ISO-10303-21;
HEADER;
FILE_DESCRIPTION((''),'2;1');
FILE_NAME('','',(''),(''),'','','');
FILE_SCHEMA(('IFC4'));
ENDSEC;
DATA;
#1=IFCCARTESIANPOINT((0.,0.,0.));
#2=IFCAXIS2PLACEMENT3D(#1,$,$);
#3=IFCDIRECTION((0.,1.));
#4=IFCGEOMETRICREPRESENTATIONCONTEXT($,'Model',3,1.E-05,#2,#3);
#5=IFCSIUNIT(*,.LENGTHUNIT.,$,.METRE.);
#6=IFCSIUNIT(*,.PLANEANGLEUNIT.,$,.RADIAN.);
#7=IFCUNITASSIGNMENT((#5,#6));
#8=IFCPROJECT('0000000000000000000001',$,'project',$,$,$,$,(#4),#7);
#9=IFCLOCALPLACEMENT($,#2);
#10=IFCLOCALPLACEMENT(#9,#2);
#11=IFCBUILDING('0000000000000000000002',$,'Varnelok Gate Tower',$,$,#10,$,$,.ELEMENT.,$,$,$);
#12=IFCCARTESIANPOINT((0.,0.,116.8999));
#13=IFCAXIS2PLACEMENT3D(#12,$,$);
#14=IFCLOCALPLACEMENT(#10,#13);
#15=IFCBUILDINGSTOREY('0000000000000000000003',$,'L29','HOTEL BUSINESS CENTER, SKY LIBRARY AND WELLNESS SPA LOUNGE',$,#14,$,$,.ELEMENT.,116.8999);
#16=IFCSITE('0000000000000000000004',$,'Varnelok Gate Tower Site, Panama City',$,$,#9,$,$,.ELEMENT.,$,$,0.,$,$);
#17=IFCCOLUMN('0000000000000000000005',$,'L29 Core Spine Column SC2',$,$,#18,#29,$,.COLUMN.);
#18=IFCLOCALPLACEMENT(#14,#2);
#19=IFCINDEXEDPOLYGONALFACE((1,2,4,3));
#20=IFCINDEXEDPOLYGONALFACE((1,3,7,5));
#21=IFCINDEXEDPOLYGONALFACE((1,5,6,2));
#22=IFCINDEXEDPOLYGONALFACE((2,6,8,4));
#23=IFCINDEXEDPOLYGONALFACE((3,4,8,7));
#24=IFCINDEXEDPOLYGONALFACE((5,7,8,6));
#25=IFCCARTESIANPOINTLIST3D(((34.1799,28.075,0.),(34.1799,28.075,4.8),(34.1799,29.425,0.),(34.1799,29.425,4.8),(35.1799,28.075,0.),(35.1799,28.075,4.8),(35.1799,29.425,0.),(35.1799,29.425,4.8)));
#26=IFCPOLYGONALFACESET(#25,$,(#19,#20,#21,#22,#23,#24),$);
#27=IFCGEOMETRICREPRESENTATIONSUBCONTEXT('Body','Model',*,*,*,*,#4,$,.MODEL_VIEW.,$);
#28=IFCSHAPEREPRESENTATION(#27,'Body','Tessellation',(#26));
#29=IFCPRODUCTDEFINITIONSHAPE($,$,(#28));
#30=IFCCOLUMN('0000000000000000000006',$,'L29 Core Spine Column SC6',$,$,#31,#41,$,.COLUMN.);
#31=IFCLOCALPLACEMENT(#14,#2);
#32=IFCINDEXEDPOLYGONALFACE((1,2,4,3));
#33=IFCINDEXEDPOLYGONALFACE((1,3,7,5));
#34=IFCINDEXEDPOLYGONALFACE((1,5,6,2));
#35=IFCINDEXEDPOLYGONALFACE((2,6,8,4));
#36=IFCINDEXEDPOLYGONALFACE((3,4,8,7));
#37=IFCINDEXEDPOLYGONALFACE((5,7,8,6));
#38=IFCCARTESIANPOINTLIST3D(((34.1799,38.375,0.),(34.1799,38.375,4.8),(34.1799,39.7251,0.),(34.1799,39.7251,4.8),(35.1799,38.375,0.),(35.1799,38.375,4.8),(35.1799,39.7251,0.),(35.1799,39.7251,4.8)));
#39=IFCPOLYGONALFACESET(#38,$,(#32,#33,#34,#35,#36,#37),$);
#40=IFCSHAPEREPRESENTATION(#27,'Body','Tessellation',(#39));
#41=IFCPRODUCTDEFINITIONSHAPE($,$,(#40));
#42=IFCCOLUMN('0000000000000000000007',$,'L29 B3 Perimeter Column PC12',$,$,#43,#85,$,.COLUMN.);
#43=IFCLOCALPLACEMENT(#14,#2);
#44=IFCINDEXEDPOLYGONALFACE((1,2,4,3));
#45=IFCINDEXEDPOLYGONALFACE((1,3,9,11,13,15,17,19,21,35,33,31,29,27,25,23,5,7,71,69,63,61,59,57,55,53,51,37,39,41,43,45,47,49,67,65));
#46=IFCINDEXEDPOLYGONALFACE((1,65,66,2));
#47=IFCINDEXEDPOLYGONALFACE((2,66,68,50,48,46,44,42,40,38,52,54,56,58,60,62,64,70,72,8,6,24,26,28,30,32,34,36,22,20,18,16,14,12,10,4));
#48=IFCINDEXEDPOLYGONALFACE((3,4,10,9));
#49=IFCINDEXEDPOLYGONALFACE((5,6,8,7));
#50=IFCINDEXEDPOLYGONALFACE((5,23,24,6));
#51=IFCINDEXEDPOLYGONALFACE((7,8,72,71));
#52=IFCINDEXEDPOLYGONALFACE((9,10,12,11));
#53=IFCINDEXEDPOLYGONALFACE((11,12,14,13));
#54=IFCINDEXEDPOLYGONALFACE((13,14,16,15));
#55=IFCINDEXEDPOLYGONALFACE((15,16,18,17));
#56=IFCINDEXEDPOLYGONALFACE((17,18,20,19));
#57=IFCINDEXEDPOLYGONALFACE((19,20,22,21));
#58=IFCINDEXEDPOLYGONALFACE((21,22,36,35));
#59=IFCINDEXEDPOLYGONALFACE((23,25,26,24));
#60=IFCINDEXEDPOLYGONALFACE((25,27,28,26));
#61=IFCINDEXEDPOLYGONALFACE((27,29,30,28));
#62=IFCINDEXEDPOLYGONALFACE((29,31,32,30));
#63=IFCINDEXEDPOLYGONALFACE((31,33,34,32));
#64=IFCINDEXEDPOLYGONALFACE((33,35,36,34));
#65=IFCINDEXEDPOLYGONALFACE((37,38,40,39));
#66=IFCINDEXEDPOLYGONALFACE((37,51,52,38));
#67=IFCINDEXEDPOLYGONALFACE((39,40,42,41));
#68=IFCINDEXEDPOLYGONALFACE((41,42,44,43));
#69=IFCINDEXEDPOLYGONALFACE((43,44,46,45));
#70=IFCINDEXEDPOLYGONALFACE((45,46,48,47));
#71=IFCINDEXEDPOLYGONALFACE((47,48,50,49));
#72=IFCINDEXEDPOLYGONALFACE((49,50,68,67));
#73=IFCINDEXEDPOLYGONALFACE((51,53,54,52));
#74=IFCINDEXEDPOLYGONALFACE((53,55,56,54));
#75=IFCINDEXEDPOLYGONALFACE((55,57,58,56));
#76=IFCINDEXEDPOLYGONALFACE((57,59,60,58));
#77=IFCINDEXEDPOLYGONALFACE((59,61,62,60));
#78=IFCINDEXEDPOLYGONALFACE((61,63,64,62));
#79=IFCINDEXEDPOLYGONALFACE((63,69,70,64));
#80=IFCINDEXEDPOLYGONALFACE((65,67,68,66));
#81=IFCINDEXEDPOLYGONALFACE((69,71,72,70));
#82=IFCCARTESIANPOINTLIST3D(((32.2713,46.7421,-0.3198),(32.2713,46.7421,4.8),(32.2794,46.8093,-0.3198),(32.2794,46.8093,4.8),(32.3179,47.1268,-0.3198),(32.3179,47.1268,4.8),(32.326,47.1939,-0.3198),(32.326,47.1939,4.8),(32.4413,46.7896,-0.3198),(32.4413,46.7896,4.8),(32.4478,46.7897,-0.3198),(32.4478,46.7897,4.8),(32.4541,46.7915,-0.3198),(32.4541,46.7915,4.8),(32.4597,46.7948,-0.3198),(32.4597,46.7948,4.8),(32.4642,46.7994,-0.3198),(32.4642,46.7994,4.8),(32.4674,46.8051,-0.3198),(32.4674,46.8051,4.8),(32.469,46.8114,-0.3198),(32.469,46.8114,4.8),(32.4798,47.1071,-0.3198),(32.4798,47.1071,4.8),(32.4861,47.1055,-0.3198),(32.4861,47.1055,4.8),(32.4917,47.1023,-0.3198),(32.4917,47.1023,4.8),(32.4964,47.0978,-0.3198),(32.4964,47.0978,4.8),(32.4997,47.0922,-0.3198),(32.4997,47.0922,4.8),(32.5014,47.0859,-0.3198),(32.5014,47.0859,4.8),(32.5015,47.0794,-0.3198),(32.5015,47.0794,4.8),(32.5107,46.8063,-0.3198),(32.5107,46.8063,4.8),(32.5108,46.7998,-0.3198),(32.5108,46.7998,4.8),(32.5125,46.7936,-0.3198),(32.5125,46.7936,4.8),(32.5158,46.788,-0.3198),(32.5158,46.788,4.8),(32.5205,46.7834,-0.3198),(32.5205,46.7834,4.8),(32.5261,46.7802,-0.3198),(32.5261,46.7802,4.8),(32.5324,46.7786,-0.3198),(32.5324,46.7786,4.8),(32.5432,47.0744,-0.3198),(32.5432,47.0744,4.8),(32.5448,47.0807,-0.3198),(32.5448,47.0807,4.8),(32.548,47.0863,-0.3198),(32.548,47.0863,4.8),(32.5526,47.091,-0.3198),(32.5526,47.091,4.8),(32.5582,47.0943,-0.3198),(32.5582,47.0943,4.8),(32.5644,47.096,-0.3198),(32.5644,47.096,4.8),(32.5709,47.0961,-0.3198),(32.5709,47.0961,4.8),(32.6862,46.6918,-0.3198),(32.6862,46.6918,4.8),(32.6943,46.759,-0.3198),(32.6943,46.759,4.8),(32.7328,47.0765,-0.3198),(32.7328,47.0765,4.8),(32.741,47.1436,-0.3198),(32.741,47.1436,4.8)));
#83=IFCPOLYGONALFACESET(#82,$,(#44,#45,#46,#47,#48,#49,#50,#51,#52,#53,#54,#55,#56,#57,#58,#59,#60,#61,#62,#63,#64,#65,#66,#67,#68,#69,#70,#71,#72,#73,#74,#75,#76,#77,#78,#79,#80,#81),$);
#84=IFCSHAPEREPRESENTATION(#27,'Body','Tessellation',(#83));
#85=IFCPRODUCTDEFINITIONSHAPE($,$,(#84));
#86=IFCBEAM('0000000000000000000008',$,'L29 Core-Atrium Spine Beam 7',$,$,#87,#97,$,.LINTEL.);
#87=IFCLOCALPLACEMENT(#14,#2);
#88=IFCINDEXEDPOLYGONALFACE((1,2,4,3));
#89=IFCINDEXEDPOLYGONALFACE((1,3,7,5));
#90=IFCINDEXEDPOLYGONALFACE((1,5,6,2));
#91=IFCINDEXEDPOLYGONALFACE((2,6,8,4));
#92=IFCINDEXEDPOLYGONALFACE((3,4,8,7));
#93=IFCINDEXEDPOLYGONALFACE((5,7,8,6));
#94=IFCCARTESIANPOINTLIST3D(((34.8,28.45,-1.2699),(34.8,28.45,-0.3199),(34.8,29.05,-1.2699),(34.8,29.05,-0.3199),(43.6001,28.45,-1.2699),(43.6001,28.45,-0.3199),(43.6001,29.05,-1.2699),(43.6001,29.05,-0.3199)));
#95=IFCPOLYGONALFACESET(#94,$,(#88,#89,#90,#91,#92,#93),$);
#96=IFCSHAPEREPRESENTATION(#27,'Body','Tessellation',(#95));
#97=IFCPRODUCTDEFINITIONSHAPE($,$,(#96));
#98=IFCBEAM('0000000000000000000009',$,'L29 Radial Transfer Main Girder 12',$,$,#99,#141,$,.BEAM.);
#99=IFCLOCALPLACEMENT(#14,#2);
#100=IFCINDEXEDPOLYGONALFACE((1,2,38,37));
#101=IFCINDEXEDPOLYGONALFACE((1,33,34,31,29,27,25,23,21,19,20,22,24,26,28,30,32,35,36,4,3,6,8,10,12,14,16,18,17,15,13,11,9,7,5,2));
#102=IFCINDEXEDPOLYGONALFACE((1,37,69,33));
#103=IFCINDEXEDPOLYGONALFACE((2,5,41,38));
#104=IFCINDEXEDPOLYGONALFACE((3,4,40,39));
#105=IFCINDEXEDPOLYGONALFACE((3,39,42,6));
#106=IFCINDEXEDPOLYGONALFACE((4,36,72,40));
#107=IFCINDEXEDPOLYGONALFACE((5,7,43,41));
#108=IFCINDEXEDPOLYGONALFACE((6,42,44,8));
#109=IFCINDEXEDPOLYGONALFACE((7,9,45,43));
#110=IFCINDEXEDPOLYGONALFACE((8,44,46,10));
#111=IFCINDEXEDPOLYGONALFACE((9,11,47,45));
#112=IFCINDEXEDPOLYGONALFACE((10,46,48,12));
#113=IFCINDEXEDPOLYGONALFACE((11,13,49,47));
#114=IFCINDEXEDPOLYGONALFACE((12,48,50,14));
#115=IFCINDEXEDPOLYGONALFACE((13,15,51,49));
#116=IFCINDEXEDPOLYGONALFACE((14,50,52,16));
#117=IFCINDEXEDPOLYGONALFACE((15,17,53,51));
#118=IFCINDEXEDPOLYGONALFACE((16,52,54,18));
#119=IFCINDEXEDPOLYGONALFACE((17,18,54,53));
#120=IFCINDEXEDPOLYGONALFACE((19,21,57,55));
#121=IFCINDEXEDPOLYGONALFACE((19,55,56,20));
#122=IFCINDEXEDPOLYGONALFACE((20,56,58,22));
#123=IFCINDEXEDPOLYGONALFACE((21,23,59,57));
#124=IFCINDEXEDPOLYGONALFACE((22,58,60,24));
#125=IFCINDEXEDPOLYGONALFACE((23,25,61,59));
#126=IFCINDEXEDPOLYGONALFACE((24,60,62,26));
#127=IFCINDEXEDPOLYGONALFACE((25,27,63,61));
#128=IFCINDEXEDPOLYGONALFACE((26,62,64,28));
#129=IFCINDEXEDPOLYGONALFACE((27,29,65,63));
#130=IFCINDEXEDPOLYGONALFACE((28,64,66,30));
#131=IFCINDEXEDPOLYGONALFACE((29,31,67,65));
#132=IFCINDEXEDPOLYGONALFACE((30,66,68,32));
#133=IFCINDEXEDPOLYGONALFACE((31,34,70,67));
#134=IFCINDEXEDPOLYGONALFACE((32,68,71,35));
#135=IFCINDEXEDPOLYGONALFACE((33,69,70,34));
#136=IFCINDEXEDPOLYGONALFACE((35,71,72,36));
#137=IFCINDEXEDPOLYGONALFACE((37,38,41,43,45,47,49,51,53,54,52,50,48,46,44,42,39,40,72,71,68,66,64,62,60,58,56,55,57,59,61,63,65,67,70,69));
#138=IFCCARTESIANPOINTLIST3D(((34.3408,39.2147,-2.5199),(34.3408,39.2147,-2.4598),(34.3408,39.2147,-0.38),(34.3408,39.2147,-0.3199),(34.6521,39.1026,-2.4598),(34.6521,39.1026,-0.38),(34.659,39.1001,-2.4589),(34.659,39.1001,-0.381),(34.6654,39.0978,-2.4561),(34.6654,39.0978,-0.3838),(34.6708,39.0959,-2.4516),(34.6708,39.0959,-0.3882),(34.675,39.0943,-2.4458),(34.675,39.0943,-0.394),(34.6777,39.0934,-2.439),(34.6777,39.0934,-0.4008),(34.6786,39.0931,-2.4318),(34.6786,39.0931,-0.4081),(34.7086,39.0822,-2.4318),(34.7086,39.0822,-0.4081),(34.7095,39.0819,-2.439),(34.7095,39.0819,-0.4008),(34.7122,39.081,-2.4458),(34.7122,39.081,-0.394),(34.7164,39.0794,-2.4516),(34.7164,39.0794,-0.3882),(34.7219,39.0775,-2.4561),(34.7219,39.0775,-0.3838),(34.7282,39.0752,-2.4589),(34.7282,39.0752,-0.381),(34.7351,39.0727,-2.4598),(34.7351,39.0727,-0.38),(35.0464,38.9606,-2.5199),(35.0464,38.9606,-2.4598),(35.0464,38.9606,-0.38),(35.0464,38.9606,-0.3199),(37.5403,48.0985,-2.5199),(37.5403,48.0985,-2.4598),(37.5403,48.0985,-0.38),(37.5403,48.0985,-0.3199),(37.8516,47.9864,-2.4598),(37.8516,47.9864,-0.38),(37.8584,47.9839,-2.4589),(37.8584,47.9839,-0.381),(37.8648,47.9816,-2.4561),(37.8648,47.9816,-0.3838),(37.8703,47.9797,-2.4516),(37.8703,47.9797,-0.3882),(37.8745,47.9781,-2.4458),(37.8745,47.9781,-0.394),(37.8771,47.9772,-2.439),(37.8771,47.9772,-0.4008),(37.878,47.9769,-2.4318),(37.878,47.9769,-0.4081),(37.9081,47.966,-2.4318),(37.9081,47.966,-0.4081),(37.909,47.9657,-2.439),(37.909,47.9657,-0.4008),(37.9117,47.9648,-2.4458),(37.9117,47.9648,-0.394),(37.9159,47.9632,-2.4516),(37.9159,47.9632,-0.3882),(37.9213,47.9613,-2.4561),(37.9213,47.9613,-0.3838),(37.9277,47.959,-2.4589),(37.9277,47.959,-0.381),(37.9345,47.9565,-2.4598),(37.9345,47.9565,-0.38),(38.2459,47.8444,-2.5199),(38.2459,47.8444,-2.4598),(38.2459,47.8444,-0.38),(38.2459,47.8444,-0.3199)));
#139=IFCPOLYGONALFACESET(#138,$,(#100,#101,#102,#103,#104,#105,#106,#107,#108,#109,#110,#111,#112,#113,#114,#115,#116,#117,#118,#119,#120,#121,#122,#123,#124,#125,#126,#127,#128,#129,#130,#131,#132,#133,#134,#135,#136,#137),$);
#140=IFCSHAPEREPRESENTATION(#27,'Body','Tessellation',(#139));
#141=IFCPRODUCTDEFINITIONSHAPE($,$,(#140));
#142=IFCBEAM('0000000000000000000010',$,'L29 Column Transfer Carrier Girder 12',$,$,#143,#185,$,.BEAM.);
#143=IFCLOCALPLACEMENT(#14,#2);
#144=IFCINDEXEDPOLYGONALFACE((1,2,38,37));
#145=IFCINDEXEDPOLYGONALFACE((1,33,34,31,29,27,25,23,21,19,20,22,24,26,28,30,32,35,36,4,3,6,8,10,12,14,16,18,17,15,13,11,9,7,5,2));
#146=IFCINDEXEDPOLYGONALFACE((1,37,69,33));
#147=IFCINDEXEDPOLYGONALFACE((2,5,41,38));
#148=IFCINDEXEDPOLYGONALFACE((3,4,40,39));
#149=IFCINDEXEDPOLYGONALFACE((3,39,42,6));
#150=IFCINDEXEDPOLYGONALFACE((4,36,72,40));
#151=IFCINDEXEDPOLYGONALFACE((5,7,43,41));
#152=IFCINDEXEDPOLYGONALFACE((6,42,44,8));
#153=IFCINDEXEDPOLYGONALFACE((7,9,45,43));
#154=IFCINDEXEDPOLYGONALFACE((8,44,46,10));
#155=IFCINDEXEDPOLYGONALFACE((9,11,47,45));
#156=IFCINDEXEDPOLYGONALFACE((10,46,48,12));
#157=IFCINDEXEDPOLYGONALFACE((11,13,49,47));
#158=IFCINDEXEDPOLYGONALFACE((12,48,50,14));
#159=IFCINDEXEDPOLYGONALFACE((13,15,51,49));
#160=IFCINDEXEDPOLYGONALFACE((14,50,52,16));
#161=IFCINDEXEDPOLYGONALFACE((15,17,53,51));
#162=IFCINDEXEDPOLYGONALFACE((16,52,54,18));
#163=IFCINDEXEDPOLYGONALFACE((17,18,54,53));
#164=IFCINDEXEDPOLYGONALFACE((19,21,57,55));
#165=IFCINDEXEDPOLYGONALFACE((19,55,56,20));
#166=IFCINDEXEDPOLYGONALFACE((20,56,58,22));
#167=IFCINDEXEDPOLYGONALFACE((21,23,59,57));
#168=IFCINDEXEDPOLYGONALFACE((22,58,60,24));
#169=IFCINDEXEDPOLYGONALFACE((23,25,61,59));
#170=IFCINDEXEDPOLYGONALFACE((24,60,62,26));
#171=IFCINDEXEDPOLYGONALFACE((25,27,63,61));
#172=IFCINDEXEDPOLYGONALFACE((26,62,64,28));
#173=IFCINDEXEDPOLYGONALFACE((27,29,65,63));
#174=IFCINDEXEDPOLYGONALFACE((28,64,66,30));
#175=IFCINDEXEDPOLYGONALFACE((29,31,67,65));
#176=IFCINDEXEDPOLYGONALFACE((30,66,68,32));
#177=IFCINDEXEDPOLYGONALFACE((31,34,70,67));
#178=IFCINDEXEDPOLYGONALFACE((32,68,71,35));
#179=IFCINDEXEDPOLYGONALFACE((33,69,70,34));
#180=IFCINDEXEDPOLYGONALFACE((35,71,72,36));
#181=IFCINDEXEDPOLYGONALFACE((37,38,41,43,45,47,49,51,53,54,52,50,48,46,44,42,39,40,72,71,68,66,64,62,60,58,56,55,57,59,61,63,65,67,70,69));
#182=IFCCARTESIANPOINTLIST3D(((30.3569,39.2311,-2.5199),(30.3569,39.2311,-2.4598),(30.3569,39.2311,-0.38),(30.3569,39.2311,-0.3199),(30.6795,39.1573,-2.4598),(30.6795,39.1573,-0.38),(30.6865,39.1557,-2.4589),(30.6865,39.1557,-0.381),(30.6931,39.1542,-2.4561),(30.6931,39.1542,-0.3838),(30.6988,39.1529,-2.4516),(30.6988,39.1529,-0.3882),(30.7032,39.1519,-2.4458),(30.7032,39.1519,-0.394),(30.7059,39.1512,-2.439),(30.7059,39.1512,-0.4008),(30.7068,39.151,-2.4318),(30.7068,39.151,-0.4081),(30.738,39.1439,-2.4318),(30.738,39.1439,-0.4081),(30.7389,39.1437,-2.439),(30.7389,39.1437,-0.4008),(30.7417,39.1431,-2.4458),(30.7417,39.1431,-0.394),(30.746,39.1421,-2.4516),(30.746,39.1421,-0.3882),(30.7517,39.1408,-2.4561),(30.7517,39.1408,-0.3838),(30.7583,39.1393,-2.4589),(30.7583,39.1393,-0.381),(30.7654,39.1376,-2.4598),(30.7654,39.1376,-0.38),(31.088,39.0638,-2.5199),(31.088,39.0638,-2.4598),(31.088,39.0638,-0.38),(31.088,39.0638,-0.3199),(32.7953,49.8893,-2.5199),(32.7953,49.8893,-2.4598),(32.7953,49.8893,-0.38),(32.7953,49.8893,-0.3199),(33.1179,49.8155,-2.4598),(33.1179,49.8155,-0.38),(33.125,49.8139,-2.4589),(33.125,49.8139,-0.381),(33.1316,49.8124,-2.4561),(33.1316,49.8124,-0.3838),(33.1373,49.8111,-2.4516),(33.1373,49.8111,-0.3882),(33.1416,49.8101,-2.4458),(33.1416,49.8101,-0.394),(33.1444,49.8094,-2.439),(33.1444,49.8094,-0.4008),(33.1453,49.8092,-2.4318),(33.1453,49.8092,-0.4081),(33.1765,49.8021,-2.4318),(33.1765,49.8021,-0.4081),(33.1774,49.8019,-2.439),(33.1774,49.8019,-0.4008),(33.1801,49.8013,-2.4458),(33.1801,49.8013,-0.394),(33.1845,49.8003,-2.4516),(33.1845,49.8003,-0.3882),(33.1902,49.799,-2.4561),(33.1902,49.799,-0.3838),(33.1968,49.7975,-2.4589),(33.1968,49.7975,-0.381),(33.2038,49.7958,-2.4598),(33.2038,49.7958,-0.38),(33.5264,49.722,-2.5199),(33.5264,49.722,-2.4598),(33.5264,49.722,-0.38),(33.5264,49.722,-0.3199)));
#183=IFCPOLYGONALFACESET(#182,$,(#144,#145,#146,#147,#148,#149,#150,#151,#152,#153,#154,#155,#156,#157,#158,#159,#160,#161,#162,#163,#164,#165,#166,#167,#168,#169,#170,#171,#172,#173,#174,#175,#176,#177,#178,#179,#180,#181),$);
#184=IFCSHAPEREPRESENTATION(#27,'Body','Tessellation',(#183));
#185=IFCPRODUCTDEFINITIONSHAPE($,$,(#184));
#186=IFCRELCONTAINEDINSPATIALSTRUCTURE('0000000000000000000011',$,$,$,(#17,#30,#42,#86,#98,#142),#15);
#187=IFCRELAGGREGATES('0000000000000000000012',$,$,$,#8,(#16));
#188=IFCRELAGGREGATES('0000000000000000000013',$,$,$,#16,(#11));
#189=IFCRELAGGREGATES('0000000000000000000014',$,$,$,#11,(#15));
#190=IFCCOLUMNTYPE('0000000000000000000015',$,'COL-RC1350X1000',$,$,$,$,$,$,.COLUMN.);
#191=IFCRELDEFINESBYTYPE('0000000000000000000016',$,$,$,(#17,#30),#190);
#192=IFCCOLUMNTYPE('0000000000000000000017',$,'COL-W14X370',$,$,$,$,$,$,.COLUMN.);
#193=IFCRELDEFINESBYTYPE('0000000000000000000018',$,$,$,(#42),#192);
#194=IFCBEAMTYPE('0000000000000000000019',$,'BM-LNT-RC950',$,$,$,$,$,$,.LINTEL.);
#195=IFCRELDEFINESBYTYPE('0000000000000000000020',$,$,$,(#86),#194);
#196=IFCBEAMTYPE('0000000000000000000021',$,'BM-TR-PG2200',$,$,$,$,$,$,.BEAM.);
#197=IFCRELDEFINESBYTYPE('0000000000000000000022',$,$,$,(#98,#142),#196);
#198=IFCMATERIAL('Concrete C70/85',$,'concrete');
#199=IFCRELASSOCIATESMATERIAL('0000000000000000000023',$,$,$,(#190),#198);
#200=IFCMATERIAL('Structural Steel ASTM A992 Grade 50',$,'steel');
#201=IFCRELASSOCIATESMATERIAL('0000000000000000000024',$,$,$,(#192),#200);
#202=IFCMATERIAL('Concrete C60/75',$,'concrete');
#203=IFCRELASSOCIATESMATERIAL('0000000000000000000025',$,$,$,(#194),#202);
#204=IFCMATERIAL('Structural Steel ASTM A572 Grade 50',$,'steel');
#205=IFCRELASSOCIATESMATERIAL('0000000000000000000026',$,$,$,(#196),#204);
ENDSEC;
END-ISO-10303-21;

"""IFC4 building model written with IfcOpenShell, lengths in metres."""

from ifc_helpers import new_model, si_unit, direction, frame, origin, origin_2d, place, context, subcontext, project, spatial, rectangle, i_section, extrude, material, material_profile, profile_set, type_object, element, save


model = new_model("IFC4")

# Units and contexts
model_context = context("Model", 3, precision=1e-05, world=origin(), true_north=direction((0.0, 1.0)))
body_context = subcontext(model_context, "Body", "Model", "MODEL_VIEW")
ifc_project = project(units=[si_unit("LENGTHUNIT", "METRE"), si_unit("PLANEANGLEUNIT", "RADIAN")], contexts=[model_context])

# Site, building, storey
site_placement = place(None, origin())
site = spatial("IfcSite", under=ifc_project, at=site_placement, Name="Varnelok Gate Tower Site, Panama City", CompositionType="ELEMENT", RefElevation=0.0)
building_placement = place(site_placement, origin())
building = spatial("IfcBuilding", under=site, at=building_placement, Name="Varnelok Gate Tower", CompositionType="ELEMENT")
storey_placement = place(building_placement, frame((0.0, 0.0, 116.8999)))
storey = spatial("IfcBuildingStorey", under=building, at=storey_placement, Name="L29", Description="HOTEL BUSINESS CENTER, SKY LIBRARY AND WELLNESS SPA LOUNGE", CompositionType="ELEMENT", Elevation=116.8999)

# Columns
ifc_material_1 = material(Name="Concrete C70/85", Category="concrete")
ifc_material_profile_1 = material_profile(ifc_material_1, rectangle(XDim=1.0, YDim=1.3501, at=origin_2d()), Name="RC1350X1000")
ifc_profile_set_1 = profile_set([ifc_material_profile_1], Name="Concrete C70/85")
column_type_1 = type_object("IfcColumnType", Name="COL-RC1350X1000", PredefinedType="COLUMN", material=ifc_profile_set_1)
for number, where, z_axis, x_axis, name in (
    (1, (34.6799, 28.75, 0.0), (0.0, 0.0, 1.0), (1.0, 0.0, 0.0), "L29 Core Spine Column SC2"),
    (2, (34.6799, 39.05, 0.0), (0.0, 0.0, 1.0), (1.0, 0.0, 0.0), "L29 Core Spine Column SC6"),
):
    element("IfcColumn", number, at=place(storey_placement, frame(where, z_axis=z_axis, x_axis=x_axis)), inside=storey, type_object=column_type_1, Name=name, PredefinedType="COLUMN", context=body_context, shape_type="SweptSolid", body=[
        extrude(rectangle(XDim=1.0, YDim=1.3501, at=origin_2d()), origin(), (0.0, 0.0, 1.0), 4.8),
    ])
ifc_material_2 = material(Name="Structural Steel ASTM A992 Grade 50", Category="steel")
ifc_material_profile_2 = material_profile(ifc_material_2, i_section(OverallWidth=0.418, OverallDepth=0.4551, WebThickness=0.042, FlangeThickness=0.0676, FilletRadius=0.0249, at=origin_2d()), Name="W14X370")
ifc_profile_set_2 = profile_set([ifc_material_profile_2], Name="Structural Steel ASTM A992 Grade 50")
column_type_2 = type_object("IfcColumnType", Name="COL-W14X370", PredefinedType="COLUMN", material=ifc_profile_set_2)
column_placement = place(storey_placement, frame((32.5061, 46.9429, -0.3198), z_axis=(0.0, 0.0, 1.0), x_axis=(0.992732, -0.120345, 0.0)))
element("IfcColumn", 3, at=column_placement, inside=storey, type_object=column_type_2, Name="L29 B3 Perimeter Column PC12", PredefinedType="COLUMN", context=body_context, shape_type="SweptSolid", body=[
    extrude(i_section(OverallWidth=0.418, OverallDepth=0.4551, WebThickness=0.042, FlangeThickness=0.0676, FilletRadius=0.0249, at=origin_2d()), origin(), (0.0, 0.0, 1.0), 5.1199),
])

# Beams
ifc_material_3 = material(Name="Concrete C60/75", Category="concrete")
ifc_material_profile_3 = material_profile(ifc_material_3, rectangle(XDim=0.6001, YDim=0.95, at=origin_2d()), Name="RC950X600")
ifc_profile_set_3 = profile_set([ifc_material_profile_3], Name="Concrete C60/75")
beam_type_1 = type_object("IfcBeamType", Name="BM-LNT-RC950", PredefinedType="LINTEL", material=ifc_profile_set_3)
beam_1_placement = place(storey_placement, frame((34.8, 28.75, -0.7949), z_axis=(1.0, 0.0, 0.0), x_axis=(0.0, 1.0, 0.0)))
element("IfcBeam", 4, at=beam_1_placement, inside=storey, type_object=beam_type_1, Name="L29 Core-Atrium Spine Beam 7", PredefinedType="LINTEL", context=body_context, shape_type="SweptSolid", body=[
    extrude(rectangle(XDim=0.6001, YDim=0.95, at=origin_2d()), origin(), (0.0, 0.0, 1.0), 8.8),
])
ifc_material_4 = material(Name="Structural Steel ASTM A572 Grade 50", Category="steel")
ifc_material_profile_4 = material_profile(ifc_material_4, i_section(OverallWidth=0.75, OverallDepth=2.2, WebThickness=0.032, FlangeThickness=0.0601, FilletRadius=0.0281, at=origin_2d()), Name="PG2200X750")
ifc_profile_set_4 = profile_set([ifc_material_profile_4], Name="Structural Steel ASTM A572 Grade 50")
beam_type_2 = type_object("IfcBeamType", Name="BM-TR-PG2200", PredefinedType="BEAM", material=ifc_profile_set_4)
beam_2_placement = place(storey_placement, frame((34.6936, 39.0876, -1.4199), z_axis=(0.338841, 0.940844, 0.0), x_axis=(-0.940844, 0.338841, 0.0)))
element("IfcBeam", 5, at=beam_2_placement, inside=storey, type_object=beam_type_2, Name="L29 Radial Transfer Main Girder 12", PredefinedType="BEAM", context=body_context, shape_type="SweptSolid", body=[
    extrude(i_section(OverallWidth=0.75, OverallDepth=2.2, WebThickness=0.032, FlangeThickness=0.0601, FilletRadius=0.0281, at=origin_2d()), origin(), (0.0, 0.0, 1.0), 9.4424),
])
beam_3_placement = place(storey_placement, frame((30.7224, 39.1475, -1.4199), z_axis=(0.223026, 0.974812, 0.0), x_axis=(-0.974812, 0.223026, 0.0)))
element("IfcBeam", 6, at=beam_3_placement, inside=storey, type_object=beam_type_2, Name="L29 Column Transfer Carrier Girder 12", PredefinedType="BEAM", context=body_context, shape_type="SweptSolid", body=[
    extrude(i_section(OverallWidth=0.75, OverallDepth=2.2, WebThickness=0.032, FlangeThickness=0.0601, FilletRadius=0.0281, at=origin_2d()), origin(), (0.0, 0.0, 1.0), 10.9336),
])

save(model, "model.ifc")
